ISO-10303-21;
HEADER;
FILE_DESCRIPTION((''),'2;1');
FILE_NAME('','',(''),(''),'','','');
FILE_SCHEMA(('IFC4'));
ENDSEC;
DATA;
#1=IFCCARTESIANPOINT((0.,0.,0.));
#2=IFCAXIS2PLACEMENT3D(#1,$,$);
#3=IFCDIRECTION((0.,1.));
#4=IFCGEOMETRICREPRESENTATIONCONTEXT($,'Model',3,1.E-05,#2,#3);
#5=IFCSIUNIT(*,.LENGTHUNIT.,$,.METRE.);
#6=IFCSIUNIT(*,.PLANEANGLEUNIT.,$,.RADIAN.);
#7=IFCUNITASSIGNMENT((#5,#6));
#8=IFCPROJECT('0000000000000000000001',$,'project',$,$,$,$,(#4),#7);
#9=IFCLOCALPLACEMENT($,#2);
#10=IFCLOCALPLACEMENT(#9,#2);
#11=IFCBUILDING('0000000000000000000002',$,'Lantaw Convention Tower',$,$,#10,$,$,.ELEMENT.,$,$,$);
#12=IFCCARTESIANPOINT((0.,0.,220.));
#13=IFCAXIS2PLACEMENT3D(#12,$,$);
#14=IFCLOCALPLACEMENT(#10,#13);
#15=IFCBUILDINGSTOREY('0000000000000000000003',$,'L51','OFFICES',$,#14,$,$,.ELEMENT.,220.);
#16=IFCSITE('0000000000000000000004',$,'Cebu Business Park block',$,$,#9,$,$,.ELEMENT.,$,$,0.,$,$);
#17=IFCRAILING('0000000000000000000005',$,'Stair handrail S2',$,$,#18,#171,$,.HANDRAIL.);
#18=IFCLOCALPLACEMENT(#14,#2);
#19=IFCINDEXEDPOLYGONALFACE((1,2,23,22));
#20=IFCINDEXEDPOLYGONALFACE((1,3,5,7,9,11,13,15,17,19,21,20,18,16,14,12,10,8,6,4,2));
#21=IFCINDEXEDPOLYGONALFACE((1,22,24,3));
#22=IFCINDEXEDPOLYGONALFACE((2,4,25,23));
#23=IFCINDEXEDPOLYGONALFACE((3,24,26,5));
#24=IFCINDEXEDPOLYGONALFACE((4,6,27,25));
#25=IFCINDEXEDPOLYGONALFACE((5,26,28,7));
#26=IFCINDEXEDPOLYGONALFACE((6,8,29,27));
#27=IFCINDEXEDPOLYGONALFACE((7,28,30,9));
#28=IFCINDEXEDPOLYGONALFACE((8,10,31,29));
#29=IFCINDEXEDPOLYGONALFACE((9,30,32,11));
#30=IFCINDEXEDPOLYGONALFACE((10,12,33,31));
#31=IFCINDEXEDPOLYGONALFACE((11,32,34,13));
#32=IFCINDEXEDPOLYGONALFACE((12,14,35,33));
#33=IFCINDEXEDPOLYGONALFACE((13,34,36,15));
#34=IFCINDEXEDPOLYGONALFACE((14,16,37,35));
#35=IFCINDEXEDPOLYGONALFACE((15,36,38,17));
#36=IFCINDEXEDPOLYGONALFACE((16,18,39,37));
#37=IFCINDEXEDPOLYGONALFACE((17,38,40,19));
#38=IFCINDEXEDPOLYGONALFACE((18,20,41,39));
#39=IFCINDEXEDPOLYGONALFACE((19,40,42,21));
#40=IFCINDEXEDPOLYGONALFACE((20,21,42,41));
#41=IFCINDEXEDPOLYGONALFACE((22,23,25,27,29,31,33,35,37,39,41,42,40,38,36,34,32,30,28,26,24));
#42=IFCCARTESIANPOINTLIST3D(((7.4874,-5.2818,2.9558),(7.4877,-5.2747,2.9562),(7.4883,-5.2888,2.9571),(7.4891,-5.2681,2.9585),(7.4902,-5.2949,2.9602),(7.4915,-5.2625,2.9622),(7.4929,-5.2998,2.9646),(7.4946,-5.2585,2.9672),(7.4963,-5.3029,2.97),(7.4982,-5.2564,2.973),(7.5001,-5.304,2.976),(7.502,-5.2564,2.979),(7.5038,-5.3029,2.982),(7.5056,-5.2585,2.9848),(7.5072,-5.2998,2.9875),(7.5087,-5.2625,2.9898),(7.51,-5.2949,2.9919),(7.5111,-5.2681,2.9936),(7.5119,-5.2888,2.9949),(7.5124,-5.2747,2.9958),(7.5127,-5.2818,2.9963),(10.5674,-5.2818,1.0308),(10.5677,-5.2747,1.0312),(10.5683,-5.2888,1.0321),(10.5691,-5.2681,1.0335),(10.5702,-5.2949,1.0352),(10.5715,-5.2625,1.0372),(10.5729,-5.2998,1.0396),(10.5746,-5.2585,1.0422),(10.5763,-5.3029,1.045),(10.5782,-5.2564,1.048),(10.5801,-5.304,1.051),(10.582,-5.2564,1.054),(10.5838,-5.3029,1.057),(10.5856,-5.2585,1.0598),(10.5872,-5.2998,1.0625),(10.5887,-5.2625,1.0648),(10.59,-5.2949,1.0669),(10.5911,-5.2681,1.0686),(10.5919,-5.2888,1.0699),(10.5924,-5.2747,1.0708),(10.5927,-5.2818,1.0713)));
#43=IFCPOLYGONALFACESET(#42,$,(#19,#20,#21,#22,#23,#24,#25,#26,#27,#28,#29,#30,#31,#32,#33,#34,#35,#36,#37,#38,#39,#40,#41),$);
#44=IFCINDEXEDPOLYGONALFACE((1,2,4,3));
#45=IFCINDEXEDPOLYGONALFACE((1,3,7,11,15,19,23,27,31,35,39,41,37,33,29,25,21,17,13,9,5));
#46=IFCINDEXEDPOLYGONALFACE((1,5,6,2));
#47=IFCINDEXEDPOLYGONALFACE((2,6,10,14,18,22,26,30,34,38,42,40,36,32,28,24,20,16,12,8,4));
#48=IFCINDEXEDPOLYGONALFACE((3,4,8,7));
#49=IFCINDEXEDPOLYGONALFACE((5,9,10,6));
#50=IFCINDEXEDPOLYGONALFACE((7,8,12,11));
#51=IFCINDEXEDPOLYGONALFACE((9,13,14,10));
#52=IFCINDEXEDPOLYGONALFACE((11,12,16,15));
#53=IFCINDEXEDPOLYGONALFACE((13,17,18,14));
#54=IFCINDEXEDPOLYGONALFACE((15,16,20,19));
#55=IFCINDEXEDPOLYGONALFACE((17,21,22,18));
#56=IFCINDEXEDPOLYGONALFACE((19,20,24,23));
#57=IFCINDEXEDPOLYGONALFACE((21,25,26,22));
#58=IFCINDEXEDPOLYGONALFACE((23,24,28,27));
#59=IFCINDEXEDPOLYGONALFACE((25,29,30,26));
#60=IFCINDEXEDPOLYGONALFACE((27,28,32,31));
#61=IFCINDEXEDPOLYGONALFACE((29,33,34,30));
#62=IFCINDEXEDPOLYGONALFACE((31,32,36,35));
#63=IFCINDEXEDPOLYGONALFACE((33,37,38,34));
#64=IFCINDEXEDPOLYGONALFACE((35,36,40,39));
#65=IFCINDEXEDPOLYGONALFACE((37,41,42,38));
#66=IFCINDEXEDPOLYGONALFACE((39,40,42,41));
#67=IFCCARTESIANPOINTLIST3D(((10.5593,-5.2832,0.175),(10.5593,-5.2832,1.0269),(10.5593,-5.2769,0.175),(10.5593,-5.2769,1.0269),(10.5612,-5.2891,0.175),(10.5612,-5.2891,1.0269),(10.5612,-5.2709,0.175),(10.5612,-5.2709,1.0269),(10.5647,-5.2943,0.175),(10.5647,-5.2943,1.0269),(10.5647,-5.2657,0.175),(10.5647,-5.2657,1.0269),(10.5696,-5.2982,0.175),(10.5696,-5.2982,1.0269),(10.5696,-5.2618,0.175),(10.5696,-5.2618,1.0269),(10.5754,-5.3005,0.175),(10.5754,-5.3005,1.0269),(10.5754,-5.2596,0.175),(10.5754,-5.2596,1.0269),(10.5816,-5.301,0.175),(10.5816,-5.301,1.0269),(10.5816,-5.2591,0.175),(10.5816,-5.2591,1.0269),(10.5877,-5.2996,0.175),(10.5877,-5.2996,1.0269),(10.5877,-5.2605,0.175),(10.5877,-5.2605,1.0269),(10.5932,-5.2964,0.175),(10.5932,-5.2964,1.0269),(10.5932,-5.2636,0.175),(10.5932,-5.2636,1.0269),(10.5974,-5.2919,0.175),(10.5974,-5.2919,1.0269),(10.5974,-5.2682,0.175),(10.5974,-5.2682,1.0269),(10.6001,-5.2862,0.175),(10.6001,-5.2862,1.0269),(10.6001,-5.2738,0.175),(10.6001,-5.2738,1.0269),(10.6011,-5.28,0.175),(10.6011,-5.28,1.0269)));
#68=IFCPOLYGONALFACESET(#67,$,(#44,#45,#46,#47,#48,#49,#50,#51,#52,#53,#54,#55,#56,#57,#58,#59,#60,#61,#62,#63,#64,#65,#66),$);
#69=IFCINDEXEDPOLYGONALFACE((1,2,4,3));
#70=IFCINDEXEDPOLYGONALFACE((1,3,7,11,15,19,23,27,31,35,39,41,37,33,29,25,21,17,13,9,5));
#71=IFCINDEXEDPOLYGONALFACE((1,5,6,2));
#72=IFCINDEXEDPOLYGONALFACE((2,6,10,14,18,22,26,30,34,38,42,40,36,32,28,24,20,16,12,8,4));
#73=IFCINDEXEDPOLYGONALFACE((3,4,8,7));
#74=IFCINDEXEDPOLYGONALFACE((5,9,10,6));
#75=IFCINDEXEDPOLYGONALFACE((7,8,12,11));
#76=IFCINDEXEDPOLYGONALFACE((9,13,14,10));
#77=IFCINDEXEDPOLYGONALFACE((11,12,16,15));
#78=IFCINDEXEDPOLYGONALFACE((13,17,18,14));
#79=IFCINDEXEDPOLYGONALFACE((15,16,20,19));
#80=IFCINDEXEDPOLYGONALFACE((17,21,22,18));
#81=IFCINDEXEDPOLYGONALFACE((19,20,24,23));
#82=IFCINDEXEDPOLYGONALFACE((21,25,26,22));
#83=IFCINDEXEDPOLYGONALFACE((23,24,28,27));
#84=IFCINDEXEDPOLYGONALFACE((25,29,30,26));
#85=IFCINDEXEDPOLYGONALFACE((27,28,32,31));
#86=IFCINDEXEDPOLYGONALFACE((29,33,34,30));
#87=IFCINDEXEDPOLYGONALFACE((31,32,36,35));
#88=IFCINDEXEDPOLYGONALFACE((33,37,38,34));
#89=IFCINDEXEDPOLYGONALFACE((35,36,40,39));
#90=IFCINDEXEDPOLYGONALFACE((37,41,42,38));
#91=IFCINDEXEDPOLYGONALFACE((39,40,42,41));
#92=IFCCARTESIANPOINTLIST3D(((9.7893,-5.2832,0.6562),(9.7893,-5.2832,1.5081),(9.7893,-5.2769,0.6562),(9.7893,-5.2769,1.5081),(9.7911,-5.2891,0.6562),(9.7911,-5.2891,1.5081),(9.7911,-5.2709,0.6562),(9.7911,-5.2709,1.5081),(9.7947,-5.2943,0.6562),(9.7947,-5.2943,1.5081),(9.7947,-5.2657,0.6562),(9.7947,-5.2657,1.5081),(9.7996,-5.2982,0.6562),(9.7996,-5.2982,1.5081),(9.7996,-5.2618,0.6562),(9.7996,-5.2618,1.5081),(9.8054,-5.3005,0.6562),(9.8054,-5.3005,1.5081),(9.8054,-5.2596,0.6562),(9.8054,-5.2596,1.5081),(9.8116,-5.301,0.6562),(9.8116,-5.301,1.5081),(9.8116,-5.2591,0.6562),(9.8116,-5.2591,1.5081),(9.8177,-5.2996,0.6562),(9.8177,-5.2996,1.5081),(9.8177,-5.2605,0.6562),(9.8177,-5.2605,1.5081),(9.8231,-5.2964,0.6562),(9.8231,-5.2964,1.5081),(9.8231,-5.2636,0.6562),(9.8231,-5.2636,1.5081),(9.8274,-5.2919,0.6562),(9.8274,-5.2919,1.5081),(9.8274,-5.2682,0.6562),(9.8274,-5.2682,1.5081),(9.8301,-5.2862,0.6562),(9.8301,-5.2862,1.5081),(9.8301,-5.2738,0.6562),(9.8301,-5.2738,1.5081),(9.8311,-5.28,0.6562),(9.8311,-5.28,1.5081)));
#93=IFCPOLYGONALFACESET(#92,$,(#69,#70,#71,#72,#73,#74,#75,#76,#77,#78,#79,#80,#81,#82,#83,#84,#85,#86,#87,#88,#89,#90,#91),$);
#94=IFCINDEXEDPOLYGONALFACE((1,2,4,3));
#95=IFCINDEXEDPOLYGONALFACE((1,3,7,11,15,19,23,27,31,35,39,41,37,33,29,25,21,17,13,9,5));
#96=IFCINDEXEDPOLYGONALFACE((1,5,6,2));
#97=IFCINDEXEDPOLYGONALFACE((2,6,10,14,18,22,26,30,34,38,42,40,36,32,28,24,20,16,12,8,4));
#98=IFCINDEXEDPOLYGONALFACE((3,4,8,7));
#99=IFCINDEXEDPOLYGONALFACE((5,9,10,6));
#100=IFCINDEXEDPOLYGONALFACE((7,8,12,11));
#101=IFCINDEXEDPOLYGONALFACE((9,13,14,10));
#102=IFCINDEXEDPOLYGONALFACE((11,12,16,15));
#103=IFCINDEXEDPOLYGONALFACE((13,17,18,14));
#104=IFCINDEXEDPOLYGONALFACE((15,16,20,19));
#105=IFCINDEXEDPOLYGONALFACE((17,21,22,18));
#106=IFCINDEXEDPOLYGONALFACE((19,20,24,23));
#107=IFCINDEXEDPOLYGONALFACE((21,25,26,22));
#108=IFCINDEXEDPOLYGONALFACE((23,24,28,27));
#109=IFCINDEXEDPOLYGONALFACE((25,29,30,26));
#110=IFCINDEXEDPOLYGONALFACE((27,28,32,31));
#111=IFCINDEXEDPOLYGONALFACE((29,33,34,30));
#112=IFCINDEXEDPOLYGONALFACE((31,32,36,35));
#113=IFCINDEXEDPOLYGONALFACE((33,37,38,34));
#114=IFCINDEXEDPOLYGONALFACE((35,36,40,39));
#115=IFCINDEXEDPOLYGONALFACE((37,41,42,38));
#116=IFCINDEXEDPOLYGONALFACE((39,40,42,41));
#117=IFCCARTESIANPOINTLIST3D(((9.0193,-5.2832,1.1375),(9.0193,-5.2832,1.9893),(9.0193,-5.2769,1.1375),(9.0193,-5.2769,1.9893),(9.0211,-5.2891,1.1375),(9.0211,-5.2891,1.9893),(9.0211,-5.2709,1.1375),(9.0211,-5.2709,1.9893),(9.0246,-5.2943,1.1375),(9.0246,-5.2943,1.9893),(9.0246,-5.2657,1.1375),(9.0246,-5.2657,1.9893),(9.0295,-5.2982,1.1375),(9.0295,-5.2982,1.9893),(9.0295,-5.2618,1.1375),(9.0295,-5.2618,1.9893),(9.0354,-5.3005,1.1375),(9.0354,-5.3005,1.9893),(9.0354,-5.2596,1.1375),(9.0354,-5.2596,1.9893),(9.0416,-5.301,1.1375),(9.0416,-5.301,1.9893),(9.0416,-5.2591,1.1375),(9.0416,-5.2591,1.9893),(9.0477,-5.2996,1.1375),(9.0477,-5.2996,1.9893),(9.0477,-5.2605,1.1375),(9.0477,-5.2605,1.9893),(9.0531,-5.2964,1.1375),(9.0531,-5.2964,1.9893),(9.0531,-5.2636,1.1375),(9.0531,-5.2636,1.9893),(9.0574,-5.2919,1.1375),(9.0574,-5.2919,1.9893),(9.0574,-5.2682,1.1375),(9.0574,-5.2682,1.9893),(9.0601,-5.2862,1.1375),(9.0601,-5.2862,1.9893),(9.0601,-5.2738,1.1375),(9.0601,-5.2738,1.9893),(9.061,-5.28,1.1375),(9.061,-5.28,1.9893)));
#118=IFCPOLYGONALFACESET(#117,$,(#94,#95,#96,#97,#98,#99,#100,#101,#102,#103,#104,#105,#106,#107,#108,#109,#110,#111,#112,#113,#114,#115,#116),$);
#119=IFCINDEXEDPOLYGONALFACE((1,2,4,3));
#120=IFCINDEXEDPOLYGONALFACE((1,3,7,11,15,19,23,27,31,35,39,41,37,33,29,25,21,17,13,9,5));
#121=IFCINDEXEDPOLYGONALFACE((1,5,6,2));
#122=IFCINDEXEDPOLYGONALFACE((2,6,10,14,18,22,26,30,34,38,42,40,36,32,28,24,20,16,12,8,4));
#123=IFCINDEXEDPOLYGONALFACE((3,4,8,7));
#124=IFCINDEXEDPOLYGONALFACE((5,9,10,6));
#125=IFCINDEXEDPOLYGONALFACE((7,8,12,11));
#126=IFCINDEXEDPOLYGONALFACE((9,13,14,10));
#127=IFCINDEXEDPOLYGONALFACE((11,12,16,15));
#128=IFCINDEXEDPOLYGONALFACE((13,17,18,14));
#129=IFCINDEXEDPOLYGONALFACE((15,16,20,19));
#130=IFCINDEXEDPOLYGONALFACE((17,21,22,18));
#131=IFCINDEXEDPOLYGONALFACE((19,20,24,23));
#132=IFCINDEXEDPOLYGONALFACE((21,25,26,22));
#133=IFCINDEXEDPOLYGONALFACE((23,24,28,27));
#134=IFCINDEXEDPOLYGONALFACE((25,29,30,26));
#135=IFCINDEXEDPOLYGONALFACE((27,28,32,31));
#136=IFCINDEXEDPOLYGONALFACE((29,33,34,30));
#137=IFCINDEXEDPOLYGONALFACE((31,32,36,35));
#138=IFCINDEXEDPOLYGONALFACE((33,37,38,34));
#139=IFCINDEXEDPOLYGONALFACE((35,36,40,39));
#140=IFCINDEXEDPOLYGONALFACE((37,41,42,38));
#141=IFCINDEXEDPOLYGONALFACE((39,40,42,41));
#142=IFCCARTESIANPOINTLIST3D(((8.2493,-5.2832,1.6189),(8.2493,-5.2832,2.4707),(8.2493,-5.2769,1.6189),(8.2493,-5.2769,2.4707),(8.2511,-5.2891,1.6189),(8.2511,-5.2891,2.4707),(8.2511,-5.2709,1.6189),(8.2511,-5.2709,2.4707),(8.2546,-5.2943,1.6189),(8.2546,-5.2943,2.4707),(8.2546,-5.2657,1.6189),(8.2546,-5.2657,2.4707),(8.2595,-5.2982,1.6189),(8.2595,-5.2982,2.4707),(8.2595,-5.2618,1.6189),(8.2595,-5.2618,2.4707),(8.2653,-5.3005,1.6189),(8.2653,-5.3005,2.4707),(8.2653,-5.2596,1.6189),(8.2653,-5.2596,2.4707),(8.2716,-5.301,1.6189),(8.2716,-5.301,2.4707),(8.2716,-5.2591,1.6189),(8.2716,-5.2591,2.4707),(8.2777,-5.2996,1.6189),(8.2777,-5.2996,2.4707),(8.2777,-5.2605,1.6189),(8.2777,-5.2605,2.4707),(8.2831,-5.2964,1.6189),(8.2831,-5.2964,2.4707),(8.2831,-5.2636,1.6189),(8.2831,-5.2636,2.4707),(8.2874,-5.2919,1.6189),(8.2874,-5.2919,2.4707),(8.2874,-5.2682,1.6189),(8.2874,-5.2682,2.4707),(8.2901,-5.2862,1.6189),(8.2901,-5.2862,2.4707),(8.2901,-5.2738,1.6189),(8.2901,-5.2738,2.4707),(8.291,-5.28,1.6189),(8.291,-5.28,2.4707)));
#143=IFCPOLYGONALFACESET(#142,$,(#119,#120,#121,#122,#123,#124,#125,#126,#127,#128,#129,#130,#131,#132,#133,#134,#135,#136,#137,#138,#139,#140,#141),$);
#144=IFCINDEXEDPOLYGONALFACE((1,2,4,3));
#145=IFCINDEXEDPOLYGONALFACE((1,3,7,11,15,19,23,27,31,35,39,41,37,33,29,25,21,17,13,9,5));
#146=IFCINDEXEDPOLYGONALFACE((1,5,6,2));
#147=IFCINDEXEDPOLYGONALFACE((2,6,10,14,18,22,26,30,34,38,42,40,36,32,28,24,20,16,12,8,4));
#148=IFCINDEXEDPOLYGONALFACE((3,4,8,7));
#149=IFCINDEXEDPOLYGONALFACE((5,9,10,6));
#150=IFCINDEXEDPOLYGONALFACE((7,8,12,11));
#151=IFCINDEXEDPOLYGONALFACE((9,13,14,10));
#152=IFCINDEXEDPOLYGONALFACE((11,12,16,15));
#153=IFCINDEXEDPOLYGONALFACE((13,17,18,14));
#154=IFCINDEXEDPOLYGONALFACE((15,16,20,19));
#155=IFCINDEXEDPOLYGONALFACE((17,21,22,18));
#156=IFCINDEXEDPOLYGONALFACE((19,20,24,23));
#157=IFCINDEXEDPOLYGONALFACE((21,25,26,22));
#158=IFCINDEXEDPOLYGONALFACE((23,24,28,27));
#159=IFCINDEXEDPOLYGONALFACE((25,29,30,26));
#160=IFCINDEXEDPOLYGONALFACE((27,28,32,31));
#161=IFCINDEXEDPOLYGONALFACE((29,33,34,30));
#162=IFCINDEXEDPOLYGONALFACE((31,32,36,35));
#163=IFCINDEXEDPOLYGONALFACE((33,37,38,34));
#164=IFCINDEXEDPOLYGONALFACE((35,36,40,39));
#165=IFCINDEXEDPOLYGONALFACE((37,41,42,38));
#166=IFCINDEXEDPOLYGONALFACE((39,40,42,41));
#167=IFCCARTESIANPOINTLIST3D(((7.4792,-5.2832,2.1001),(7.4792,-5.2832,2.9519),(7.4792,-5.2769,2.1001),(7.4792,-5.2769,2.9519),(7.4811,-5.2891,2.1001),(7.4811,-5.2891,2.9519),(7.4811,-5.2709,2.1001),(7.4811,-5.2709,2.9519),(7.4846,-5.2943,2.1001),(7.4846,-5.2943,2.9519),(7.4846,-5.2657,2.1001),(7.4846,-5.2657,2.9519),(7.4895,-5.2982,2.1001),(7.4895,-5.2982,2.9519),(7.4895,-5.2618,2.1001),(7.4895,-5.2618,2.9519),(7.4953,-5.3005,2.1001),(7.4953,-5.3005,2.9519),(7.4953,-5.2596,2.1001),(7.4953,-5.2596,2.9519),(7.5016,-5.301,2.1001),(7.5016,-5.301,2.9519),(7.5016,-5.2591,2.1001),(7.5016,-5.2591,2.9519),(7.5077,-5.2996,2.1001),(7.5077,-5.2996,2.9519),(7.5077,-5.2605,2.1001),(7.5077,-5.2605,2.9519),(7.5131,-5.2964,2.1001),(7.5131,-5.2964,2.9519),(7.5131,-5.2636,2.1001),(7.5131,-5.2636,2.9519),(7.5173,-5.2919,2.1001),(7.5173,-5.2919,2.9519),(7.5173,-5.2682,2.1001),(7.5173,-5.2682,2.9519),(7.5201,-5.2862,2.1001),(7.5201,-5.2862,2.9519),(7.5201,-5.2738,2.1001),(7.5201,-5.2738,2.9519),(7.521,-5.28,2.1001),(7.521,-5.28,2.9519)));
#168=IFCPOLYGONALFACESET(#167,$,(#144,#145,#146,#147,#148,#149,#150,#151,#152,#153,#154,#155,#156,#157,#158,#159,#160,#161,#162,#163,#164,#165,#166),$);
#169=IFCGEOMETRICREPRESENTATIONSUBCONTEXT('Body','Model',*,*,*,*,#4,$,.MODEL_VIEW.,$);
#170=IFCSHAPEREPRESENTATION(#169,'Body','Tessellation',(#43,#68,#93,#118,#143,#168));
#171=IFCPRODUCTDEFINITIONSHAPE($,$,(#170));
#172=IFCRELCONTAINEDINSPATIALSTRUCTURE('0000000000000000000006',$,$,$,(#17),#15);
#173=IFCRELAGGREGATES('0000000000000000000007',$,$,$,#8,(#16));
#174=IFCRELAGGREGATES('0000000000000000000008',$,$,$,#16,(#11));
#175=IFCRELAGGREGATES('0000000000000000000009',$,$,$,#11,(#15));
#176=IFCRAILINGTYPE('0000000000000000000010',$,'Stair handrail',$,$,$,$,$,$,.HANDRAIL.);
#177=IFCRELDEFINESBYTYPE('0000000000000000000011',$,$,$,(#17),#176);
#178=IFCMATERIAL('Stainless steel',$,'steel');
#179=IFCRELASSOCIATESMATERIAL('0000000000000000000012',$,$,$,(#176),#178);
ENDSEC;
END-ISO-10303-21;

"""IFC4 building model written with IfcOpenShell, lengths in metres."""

from ifc_helpers import new_model, si_unit, direction, frame, origin, origin_2d, place, context, subcontext, project, spatial, circle, extrude, material, type_object, element, save


model = new_model("IFC4")

# Units and contexts
model_context = context("Model", 3, precision=1e-05, world=origin(), true_north=direction((0.0, 1.0)))
body_context = subcontext(model_context, "Body", "Model", "MODEL_VIEW")
ifc_project = project(units=[si_unit("LENGTHUNIT", "METRE"), si_unit("PLANEANGLEUNIT", "RADIAN")], contexts=[model_context])

# Site, building, storey
site_placement = place(None, origin())
site = spatial("IfcSite", under=ifc_project, at=site_placement, Name="Cebu Business Park block", CompositionType="ELEMENT", RefElevation=0.0)
building_placement = place(site_placement, origin())
building = spatial("IfcBuilding", under=site, at=building_placement, Name="Lantaw Convention Tower", CompositionType="ELEMENT")
storey_placement = place(building_placement, frame((0.0, 0.0, 220.0)))
storey = spatial("IfcBuildingStorey", under=building, at=storey_placement, Name="L51", Description="OFFICES", CompositionType="ELEMENT", Elevation=220.0)

# Railing
ifc_material_1 = material(Name="Stainless steel", Category="steel")
railing_type = type_object("IfcRailingType", Name="Stair handrail", PredefinedType="HANDRAIL", material=ifc_material_1)
railing_1_placement = place(storey_placement, frame((10.5801, -5.28, 0.175)))
element("IfcRailing", 1, at=railing_1_placement, inside=storey, type_object=railing_type, Name="Stair handrail S2", PredefinedType="HANDRAIL", context=body_context, shape_type="SweptSolid", body=[
    extrude(circle(Radius=0.0239, at=origin_2d()), frame((0.0, 0.0, 0.876), z_axis=(-0.847998, 0.0, 0.529999), x_axis=(0.0, -1.0, 0.0)), (0.0, 0.0, 1.0), 3.6321),
    extrude(circle(Radius=0.021, at=origin_2d()), origin(), (0.0, 0.0, 1.0), 0.8518),
    extrude(circle(Radius=0.021, at=origin_2d()), frame((-0.77, 0.0, 0.4812)), (0.0, 0.0, 1.0), 0.8518),
    extrude(circle(Radius=0.021, at=origin_2d()), frame((-1.54, 0.0, 0.9624)), (0.0, 0.0, 1.0), 0.8518),
    extrude(circle(Radius=0.021, at=origin_2d()), frame((-2.3101, 0.0, 1.4438)), (0.0, 0.0, 1.0), 0.8518),
    extrude(circle(Radius=0.021, at=origin_2d()), frame((-3.0801, 0.0, 1.925)), (0.0, 0.0, 1.0), 0.8518),
])

save(model, "model.ifc")
